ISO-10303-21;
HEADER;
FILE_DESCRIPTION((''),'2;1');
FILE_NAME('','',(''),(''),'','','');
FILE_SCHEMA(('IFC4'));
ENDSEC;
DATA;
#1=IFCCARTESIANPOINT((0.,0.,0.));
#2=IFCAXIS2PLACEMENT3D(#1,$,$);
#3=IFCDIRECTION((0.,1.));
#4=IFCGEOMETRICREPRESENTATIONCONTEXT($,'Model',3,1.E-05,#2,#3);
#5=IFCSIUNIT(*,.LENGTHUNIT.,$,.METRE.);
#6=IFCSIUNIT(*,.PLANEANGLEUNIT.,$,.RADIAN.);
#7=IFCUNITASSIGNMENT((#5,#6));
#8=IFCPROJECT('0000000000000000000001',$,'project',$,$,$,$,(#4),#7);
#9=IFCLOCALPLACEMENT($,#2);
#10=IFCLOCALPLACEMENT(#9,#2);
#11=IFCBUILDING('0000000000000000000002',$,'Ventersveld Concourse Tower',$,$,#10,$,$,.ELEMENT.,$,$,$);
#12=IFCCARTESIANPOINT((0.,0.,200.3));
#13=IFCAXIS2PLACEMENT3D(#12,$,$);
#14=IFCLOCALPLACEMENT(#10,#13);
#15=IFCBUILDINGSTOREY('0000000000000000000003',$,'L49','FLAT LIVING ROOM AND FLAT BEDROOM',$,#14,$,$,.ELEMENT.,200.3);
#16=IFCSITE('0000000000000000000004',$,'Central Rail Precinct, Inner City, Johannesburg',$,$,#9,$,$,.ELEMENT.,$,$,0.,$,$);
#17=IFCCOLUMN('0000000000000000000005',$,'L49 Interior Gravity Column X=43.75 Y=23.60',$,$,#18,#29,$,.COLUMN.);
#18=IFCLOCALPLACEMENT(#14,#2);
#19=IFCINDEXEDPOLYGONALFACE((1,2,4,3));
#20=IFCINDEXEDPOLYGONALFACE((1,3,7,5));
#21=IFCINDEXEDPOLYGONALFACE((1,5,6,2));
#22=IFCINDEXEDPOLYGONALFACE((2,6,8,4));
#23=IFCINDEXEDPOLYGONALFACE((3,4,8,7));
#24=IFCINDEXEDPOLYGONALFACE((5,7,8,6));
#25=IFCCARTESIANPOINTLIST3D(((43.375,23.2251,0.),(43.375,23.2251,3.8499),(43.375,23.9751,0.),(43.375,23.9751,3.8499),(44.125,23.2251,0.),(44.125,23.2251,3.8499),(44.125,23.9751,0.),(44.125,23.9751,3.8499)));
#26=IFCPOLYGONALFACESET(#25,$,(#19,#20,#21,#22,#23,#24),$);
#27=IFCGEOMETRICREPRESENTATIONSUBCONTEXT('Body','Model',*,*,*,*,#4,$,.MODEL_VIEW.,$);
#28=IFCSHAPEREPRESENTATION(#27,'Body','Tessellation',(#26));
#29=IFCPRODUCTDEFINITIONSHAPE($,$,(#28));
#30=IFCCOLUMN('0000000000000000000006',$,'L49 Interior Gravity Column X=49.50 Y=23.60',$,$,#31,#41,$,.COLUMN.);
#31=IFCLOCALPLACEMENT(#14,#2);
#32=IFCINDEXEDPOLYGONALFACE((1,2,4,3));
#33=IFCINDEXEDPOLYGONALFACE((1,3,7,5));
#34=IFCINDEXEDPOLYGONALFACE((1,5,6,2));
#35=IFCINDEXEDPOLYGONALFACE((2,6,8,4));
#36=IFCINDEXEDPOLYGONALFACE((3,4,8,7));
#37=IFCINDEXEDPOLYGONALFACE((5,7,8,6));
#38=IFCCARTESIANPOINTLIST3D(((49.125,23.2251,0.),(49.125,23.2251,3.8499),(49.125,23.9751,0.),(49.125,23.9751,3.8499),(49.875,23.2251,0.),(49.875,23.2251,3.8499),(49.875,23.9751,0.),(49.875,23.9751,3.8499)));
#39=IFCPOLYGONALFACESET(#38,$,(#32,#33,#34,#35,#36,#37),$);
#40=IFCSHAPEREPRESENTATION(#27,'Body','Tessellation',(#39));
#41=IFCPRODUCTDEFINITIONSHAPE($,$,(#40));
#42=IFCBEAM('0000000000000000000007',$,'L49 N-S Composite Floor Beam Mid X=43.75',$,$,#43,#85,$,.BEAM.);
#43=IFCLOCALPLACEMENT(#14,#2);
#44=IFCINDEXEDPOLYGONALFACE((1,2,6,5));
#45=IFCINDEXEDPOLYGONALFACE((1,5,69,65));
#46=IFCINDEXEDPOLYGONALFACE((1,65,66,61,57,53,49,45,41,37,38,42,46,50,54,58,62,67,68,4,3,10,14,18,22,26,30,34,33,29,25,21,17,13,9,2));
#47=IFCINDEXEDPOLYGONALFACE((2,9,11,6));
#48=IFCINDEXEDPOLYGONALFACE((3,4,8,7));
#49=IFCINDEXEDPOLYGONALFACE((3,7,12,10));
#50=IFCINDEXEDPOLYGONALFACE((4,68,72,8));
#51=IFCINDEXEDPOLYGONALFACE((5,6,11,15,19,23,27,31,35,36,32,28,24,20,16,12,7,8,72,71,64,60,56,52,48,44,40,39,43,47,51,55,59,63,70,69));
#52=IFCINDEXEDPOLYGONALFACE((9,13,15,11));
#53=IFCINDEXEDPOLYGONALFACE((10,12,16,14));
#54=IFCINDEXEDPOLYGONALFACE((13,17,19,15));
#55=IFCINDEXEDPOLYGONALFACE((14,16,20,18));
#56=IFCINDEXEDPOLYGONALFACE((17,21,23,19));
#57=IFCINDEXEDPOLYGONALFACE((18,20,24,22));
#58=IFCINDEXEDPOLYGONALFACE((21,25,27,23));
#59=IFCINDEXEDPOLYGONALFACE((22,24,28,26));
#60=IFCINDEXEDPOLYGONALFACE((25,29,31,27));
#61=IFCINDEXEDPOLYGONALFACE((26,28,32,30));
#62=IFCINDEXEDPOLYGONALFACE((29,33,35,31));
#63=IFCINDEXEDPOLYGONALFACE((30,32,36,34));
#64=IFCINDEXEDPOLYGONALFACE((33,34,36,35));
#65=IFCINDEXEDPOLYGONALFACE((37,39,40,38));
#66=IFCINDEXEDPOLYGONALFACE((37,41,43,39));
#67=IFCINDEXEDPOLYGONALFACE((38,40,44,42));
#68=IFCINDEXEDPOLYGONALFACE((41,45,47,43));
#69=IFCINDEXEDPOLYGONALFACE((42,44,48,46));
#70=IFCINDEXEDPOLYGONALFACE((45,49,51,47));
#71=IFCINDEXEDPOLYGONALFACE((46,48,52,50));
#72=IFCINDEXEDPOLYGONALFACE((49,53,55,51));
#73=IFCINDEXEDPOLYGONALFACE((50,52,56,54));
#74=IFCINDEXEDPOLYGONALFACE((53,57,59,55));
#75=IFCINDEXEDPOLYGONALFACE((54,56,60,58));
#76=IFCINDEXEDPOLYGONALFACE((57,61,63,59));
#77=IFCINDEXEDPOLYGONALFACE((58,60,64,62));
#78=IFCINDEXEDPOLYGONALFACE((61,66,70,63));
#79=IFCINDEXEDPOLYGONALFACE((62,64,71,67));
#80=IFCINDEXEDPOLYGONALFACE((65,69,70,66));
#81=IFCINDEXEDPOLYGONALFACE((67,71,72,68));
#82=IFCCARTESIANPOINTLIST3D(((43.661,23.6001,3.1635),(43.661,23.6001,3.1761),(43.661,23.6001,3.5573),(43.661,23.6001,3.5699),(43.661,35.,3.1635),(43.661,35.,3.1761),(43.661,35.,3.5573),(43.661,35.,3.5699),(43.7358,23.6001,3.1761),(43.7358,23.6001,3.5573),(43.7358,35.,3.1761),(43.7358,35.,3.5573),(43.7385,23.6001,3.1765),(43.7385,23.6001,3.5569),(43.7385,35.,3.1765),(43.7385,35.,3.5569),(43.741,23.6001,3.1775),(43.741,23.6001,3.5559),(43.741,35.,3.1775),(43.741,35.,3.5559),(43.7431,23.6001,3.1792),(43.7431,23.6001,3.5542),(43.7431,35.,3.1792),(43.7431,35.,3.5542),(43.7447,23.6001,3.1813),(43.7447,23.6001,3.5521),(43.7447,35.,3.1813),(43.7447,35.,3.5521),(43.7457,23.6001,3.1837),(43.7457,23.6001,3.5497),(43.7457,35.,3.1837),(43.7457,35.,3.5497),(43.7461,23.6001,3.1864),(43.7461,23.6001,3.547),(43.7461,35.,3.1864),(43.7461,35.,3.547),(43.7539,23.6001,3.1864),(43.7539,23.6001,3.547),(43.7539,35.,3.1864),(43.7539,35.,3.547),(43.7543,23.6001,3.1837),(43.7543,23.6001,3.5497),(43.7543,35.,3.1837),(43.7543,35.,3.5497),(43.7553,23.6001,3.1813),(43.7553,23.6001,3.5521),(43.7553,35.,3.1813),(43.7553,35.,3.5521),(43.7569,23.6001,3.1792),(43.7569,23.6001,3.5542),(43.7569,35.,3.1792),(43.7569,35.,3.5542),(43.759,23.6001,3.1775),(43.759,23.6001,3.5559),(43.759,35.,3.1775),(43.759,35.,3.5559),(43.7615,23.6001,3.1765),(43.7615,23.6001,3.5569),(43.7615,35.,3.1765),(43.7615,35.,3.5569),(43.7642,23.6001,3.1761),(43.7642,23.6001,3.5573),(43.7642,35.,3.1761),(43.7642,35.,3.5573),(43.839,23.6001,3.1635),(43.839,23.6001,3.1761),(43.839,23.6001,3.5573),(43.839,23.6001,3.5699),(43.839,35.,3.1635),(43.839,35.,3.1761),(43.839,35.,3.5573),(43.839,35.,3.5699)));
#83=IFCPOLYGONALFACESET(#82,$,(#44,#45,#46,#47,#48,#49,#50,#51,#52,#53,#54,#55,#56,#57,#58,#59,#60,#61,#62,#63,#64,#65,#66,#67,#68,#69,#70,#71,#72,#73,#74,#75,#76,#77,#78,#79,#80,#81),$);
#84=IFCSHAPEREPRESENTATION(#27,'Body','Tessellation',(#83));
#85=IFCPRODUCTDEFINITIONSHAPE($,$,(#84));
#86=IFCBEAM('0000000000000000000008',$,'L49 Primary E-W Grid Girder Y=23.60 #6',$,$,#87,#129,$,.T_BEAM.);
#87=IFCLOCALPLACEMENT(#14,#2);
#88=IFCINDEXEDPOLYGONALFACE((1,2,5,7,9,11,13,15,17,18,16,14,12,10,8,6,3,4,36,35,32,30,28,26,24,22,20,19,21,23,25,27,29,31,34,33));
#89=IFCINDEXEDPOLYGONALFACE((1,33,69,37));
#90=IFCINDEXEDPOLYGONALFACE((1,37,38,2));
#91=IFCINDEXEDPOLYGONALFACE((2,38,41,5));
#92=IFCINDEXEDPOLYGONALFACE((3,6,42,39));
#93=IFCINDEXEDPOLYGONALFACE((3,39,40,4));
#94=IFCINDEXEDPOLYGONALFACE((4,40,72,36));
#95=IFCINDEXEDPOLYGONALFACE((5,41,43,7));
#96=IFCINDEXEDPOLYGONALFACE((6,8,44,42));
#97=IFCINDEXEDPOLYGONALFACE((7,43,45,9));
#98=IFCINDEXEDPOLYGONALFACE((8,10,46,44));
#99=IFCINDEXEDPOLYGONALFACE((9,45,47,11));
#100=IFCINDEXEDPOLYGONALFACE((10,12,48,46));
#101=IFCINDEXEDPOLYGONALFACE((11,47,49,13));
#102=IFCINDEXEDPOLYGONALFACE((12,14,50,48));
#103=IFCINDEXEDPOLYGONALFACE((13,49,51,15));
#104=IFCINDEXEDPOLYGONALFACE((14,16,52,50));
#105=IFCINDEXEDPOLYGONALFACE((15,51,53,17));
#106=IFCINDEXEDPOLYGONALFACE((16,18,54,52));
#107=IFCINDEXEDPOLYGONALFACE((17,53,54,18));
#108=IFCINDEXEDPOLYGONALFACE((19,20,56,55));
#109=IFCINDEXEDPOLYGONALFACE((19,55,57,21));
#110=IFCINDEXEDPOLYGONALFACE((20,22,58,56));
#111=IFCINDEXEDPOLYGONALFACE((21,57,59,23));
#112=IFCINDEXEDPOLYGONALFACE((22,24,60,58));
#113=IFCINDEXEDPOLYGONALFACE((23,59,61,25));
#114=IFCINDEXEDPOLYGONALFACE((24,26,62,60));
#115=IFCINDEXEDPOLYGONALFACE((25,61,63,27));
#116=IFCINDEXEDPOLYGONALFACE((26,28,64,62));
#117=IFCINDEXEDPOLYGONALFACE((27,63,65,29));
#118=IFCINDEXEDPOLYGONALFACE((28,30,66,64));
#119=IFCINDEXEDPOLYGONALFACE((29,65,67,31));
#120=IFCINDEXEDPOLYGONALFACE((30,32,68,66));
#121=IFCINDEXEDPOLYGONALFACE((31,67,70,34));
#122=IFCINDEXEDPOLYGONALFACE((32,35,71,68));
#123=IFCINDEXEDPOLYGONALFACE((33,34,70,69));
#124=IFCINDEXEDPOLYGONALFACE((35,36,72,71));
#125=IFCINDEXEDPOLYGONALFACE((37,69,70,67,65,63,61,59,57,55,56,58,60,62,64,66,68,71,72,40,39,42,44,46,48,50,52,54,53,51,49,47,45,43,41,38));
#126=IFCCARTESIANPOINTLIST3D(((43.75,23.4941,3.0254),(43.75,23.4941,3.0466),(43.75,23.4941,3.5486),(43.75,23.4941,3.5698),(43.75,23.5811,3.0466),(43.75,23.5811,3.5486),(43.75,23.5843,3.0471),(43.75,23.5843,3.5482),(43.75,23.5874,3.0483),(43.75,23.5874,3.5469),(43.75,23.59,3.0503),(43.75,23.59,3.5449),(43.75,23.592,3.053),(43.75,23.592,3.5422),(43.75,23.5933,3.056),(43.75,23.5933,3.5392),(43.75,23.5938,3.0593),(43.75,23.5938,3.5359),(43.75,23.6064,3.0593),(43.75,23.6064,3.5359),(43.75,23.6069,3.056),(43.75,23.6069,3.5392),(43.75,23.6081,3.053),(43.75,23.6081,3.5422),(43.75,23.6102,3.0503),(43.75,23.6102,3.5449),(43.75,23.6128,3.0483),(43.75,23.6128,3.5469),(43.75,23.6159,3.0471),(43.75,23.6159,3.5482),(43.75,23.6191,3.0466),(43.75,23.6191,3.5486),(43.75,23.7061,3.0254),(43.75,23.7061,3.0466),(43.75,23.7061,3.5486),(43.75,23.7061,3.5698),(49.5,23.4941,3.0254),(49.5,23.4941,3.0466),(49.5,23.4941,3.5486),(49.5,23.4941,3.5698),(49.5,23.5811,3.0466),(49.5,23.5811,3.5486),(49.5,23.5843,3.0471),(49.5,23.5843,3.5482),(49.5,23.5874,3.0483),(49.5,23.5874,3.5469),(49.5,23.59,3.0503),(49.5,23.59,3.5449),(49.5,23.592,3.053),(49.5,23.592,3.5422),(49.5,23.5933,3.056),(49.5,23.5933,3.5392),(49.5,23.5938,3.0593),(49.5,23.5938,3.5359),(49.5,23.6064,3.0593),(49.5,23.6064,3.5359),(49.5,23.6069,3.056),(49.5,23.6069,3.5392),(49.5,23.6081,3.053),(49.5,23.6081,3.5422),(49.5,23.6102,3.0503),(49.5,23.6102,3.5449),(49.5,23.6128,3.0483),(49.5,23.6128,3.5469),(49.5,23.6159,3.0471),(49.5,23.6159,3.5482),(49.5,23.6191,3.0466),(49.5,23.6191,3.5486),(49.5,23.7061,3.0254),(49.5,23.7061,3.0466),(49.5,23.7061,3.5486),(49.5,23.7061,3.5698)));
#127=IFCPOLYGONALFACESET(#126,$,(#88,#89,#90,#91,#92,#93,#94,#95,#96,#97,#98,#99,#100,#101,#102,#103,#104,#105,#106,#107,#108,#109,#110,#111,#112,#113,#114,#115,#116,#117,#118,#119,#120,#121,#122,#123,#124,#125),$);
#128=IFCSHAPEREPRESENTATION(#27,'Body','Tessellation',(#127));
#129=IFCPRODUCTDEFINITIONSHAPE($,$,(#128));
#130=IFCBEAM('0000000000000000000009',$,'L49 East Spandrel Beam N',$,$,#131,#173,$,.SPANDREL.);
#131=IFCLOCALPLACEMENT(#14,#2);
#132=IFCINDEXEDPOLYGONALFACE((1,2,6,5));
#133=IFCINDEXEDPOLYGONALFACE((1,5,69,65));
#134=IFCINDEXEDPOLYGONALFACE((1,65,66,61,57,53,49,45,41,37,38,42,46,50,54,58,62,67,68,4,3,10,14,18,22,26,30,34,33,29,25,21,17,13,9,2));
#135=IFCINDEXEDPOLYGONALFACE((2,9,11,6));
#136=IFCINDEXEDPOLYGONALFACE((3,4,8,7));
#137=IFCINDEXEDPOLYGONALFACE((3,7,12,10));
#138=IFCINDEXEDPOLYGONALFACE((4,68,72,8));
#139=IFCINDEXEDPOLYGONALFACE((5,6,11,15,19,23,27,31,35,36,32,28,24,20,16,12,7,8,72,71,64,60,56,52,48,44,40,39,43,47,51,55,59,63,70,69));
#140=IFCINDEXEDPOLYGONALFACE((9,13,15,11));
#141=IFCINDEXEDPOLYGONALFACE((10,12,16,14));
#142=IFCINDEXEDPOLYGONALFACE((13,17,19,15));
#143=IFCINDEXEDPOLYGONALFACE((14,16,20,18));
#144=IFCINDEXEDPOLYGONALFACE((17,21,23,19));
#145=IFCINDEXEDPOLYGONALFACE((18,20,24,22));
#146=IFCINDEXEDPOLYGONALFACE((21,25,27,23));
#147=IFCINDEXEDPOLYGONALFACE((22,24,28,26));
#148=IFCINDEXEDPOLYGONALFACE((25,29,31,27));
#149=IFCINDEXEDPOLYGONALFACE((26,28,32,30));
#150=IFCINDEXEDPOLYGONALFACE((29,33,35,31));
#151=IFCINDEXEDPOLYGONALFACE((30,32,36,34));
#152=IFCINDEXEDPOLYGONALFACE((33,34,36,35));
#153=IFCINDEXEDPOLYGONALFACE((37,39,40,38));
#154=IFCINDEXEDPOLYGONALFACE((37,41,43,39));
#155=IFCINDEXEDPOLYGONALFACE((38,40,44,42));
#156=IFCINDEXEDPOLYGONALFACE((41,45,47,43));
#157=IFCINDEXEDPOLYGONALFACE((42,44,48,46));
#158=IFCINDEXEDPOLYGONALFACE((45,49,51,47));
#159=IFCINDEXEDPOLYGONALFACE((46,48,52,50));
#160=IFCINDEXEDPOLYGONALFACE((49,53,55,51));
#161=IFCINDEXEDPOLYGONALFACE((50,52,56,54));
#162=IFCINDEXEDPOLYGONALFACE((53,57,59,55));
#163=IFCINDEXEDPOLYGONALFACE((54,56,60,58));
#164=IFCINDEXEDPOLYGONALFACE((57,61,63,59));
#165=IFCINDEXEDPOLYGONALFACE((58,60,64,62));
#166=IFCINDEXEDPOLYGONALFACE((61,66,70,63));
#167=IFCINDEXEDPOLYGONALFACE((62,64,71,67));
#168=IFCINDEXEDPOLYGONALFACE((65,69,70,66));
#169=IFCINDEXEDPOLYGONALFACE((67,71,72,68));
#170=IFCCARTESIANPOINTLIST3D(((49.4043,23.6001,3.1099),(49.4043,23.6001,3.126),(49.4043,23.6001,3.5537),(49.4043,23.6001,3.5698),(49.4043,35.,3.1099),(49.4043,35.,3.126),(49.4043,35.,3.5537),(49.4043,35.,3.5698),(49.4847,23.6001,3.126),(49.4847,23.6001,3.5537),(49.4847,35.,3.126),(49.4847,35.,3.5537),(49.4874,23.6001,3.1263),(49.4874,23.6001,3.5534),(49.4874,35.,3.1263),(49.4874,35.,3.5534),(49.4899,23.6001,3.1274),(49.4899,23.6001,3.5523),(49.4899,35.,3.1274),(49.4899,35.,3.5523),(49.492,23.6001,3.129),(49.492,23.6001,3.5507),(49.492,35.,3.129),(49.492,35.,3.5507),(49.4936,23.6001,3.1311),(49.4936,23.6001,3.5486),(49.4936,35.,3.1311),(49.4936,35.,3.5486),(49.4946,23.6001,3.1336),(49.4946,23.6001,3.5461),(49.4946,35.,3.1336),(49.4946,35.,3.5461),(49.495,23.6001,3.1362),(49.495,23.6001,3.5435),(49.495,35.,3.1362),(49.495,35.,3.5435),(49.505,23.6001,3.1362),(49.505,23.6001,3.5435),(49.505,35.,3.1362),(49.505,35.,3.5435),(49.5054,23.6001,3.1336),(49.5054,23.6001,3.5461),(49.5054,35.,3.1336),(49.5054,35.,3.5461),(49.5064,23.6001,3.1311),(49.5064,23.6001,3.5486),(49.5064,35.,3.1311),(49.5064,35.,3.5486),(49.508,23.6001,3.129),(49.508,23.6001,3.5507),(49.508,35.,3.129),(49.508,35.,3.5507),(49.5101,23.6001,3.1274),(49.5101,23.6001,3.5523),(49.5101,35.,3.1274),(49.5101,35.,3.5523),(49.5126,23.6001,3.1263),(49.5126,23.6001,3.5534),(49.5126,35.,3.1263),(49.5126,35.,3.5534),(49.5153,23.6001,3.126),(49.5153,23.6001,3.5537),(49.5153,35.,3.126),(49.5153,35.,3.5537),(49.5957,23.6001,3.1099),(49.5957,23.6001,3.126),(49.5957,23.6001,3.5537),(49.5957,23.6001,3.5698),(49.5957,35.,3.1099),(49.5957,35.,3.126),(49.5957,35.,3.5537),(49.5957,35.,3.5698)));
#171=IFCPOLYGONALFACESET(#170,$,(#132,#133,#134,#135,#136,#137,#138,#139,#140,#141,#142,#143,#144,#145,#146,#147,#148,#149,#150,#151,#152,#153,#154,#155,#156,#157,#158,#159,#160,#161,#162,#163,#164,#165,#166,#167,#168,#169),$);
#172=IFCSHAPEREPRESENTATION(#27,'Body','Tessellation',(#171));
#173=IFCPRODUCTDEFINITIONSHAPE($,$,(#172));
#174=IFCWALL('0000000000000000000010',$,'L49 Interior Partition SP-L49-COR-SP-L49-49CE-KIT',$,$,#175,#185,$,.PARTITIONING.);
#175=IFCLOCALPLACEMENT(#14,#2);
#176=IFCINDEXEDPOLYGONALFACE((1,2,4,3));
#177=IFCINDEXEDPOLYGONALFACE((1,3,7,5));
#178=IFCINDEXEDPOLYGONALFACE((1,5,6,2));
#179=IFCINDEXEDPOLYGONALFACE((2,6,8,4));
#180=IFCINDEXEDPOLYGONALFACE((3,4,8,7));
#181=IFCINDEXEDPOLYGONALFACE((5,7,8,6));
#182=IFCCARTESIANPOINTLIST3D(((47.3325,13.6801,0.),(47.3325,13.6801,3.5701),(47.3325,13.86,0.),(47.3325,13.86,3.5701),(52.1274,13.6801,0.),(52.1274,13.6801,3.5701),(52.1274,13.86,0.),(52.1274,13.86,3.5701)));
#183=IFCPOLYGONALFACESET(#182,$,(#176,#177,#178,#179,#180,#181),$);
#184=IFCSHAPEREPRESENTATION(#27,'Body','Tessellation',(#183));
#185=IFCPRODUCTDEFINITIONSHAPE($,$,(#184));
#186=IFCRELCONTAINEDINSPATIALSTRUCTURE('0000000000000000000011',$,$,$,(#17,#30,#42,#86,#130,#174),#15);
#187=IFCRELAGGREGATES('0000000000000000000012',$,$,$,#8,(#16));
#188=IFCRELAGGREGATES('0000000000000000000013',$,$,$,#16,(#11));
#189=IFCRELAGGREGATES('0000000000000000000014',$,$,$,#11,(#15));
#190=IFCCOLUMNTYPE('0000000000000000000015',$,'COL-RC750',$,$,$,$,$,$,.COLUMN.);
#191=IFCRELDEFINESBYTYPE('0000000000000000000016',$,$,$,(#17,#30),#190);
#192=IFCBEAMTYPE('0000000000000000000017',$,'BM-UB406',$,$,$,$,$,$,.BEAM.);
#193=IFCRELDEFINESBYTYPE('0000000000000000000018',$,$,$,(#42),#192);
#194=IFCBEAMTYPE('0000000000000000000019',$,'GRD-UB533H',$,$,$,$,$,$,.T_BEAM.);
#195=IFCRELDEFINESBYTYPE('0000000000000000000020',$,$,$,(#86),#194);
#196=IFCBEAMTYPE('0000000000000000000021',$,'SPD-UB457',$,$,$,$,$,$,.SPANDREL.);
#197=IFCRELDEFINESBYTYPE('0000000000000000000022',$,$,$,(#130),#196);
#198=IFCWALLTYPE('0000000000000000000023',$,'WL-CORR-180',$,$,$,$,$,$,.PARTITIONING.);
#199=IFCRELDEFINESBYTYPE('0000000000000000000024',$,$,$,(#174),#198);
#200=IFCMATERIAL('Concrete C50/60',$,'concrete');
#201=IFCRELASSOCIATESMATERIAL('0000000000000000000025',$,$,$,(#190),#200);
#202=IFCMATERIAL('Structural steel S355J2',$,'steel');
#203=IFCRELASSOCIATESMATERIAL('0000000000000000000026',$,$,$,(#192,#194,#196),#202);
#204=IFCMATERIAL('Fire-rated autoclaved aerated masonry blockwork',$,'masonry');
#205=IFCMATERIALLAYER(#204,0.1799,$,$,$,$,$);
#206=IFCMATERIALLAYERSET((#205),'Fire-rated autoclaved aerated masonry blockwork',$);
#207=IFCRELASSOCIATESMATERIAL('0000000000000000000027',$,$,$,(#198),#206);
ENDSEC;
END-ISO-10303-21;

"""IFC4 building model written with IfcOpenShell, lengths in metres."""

from ifc_helpers import new_model, si_unit, direction, frame, frame_2d, origin, origin_2d, place, context, subcontext, project, spatial, rectangle, i_section, extrude, material, layer, layer_set, material_profile, profile_set, type_object, element, save


model = new_model("IFC4")

# Units and contexts
model_context = context("Model", 3, precision=1e-05, world=origin(), true_north=direction((0.0, 1.0)))
body_context = subcontext(model_context, "Body", "Model", "MODEL_VIEW")
ifc_project = project(units=[si_unit("LENGTHUNIT", "METRE"), si_unit("PLANEANGLEUNIT", "RADIAN")], contexts=[model_context])

# Site, building, storey
site_placement = place(None, origin())
site = spatial("IfcSite", under=ifc_project, at=site_placement, Name="Central Rail Precinct, Inner City, Johannesburg", CompositionType="ELEMENT", RefElevation=0.0)
building_placement = place(site_placement, origin())
building = spatial("IfcBuilding", under=site, at=building_placement, Name="Ventersveld Concourse Tower", CompositionType="ELEMENT")
storey_placement = place(building_placement, frame((0.0, 0.0, 200.3)))
storey = spatial("IfcBuildingStorey", under=building, at=storey_placement, Name="L49", Description="FLAT LIVING ROOM AND FLAT BEDROOM", CompositionType="ELEMENT", Elevation=200.3)

# Columns
ifc_material_1 = material(Name="Concrete C50/60", Category="concrete")
ifc_material_profile_1 = material_profile(ifc_material_1, rectangle(XDim=0.75, YDim=0.75, at=origin_2d()), Name="RC 750x750")
ifc_profile_set_1 = profile_set([ifc_material_profile_1], Name="Concrete C50/60")
column_type = type_object("IfcColumnType", Name="COL-RC750", PredefinedType="COLUMN", material=ifc_profile_set_1)
for number, where, z_axis, x_axis, name in (
    (1, (43.75, 23.6001, 0.0), (0.0, 0.0, 1.0), (1.0, 0.0, 0.0), "L49 Interior Gravity Column X=43.75 Y=23.60"),
    (2, (49.5, 23.6001, 0.0), (0.0, 0.0, 1.0), (1.0, 0.0, 0.0), "L49 Interior Gravity Column X=49.50 Y=23.60"),
):
    element("IfcColumn", number, at=place(storey_placement, frame(where, z_axis=z_axis, x_axis=x_axis)), inside=storey, type_object=column_type, Name=name, PredefinedType="COLUMN", context=body_context, shape_type="SweptSolid", body=[
        extrude(rectangle(XDim=0.75, YDim=0.75, at=origin_2d()), origin(), (0.0, 0.0, 1.0), 3.8499),
    ])

# Beams
ifc_material_2 = material(Name="Structural steel S355J2", Category="steel")
ifc_material_profile_2 = material_profile(ifc_material_2, i_section(OverallWidth=0.178, OverallDepth=0.4065, WebThickness=0.0078, FlangeThickness=0.0127, FilletRadius=0.0103, at=origin_2d()), Name="UB 406x178x60")
ifc_profile_set_2 = profile_set([ifc_material_profile_2], Name="Structural steel S355J2")
beam_type_1 = type_object("IfcBeamType", Name="BM-UB406", PredefinedType="BEAM", material=ifc_profile_set_2)
beam_1_placement = place(storey_placement, frame((43.75, 23.6001, 3.3667), z_axis=(0.0, 1.0, 0.0), x_axis=(-1.0, 0.0, 0.0)))
element("IfcBeam", 3, at=beam_1_placement, inside=storey, type_object=beam_type_1, Name="L49 N-S Composite Floor Beam Mid X=43.75", PredefinedType="BEAM", context=body_context, shape_type="SweptSolid", body=[
    extrude(i_section(OverallWidth=0.178, OverallDepth=0.4065, WebThickness=0.0078, FlangeThickness=0.0127, FilletRadius=0.0103, at=origin_2d()), origin(), (0.0, 0.0, 1.0), 11.3999),
])
ifc_material_profile_3 = material_profile(ifc_material_2, i_section(OverallWidth=0.2119, OverallDepth=0.5444, WebThickness=0.0127, FlangeThickness=0.0212, FilletRadius=0.0127, at=origin_2d()), Name="UB 533x210x122")
ifc_profile_set_3 = profile_set([ifc_material_profile_3], Name="Structural steel S355J2")
beam_type_2 = type_object("IfcBeamType", Name="GRD-UB533H", PredefinedType="T_BEAM", material=ifc_profile_set_3)
beam_2_placement = place(storey_placement, frame((43.75, 23.6001, 3.2976), z_axis=(1.0, 0.0, 0.0), x_axis=(0.0, 1.0, 0.0)))
element("IfcBeam", 4, at=beam_2_placement, inside=storey, type_object=beam_type_2, Name="L49 Primary E-W Grid Girder Y=23.60 #6", PredefinedType="T_BEAM", context=body_context, shape_type="SweptSolid", body=[
    extrude(i_section(OverallWidth=0.2119, OverallDepth=0.5444, WebThickness=0.0127, FlangeThickness=0.0212, FilletRadius=0.0127, at=origin_2d()), origin(), (0.0, 0.0, 1.0), 5.75),
])
ifc_material_profile_4 = material_profile(ifc_material_2, i_section(OverallWidth=0.1914, OverallDepth=0.46, WebThickness=0.01, FlangeThickness=0.0161, FilletRadius=0.0103, at=origin_2d()), Name="UB 457x191x82")
ifc_profile_set_4 = profile_set([ifc_material_profile_4], Name="Structural steel S355J2")
beam_type_3 = type_object("IfcBeamType", Name="SPD-UB457", PredefinedType="SPANDREL", material=ifc_profile_set_4)
beam_3_placement = place(storey_placement, frame((49.5, 23.6001, 3.3398), z_axis=(0.0, 1.0, 0.0), x_axis=(-1.0, 0.0, 0.0)))
element("IfcBeam", 5, at=beam_3_placement, inside=storey, type_object=beam_type_3, Name="L49 East Spandrel Beam N", PredefinedType="SPANDREL", context=body_context, shape_type="SweptSolid", body=[
    extrude(i_section(OverallWidth=0.1914, OverallDepth=0.46, WebThickness=0.01, FlangeThickness=0.0161, FilletRadius=0.0103, at=origin_2d()), origin(), (0.0, 0.0, 1.0), 11.3999),
])

# Shared definitions
ifc_material_3 = material(Name="Fire-rated autoclaved aerated masonry blockwork", Category="masonry")
ifc_layer_1 = layer(ifc_material_3, 0.1799)
ifc_layer_set_1 = layer_set([ifc_layer_1], Name="Fire-rated autoclaved aerated masonry blockwork")
wall_type_1 = type_object("IfcWallType", Name="WL-CORR-180", PredefinedType="PARTITIONING", material=ifc_layer_set_1)

# Wall
wall_1_placement = place(storey_placement, frame((47.3325, 13.77, 0.0), z_axis=(0.0, 0.0, 1.0), x_axis=(1.0, 0.0, 0.0)))
element("IfcWall", 6, at=wall_1_placement, inside=storey, type_object=wall_type_1, Name="L49 Interior Partition SP-L49-COR-SP-L49-49CE-KIT", PredefinedType="PARTITIONING", context=body_context, shape_type="SweptSolid", body=[
    extrude(rectangle(XDim=4.7949, YDim=0.1799, at=frame_2d((2.3975, 0.0))), origin(), (0.0, 0.0, 1.0), 3.5701),
])

save(model, "model.ifc")
